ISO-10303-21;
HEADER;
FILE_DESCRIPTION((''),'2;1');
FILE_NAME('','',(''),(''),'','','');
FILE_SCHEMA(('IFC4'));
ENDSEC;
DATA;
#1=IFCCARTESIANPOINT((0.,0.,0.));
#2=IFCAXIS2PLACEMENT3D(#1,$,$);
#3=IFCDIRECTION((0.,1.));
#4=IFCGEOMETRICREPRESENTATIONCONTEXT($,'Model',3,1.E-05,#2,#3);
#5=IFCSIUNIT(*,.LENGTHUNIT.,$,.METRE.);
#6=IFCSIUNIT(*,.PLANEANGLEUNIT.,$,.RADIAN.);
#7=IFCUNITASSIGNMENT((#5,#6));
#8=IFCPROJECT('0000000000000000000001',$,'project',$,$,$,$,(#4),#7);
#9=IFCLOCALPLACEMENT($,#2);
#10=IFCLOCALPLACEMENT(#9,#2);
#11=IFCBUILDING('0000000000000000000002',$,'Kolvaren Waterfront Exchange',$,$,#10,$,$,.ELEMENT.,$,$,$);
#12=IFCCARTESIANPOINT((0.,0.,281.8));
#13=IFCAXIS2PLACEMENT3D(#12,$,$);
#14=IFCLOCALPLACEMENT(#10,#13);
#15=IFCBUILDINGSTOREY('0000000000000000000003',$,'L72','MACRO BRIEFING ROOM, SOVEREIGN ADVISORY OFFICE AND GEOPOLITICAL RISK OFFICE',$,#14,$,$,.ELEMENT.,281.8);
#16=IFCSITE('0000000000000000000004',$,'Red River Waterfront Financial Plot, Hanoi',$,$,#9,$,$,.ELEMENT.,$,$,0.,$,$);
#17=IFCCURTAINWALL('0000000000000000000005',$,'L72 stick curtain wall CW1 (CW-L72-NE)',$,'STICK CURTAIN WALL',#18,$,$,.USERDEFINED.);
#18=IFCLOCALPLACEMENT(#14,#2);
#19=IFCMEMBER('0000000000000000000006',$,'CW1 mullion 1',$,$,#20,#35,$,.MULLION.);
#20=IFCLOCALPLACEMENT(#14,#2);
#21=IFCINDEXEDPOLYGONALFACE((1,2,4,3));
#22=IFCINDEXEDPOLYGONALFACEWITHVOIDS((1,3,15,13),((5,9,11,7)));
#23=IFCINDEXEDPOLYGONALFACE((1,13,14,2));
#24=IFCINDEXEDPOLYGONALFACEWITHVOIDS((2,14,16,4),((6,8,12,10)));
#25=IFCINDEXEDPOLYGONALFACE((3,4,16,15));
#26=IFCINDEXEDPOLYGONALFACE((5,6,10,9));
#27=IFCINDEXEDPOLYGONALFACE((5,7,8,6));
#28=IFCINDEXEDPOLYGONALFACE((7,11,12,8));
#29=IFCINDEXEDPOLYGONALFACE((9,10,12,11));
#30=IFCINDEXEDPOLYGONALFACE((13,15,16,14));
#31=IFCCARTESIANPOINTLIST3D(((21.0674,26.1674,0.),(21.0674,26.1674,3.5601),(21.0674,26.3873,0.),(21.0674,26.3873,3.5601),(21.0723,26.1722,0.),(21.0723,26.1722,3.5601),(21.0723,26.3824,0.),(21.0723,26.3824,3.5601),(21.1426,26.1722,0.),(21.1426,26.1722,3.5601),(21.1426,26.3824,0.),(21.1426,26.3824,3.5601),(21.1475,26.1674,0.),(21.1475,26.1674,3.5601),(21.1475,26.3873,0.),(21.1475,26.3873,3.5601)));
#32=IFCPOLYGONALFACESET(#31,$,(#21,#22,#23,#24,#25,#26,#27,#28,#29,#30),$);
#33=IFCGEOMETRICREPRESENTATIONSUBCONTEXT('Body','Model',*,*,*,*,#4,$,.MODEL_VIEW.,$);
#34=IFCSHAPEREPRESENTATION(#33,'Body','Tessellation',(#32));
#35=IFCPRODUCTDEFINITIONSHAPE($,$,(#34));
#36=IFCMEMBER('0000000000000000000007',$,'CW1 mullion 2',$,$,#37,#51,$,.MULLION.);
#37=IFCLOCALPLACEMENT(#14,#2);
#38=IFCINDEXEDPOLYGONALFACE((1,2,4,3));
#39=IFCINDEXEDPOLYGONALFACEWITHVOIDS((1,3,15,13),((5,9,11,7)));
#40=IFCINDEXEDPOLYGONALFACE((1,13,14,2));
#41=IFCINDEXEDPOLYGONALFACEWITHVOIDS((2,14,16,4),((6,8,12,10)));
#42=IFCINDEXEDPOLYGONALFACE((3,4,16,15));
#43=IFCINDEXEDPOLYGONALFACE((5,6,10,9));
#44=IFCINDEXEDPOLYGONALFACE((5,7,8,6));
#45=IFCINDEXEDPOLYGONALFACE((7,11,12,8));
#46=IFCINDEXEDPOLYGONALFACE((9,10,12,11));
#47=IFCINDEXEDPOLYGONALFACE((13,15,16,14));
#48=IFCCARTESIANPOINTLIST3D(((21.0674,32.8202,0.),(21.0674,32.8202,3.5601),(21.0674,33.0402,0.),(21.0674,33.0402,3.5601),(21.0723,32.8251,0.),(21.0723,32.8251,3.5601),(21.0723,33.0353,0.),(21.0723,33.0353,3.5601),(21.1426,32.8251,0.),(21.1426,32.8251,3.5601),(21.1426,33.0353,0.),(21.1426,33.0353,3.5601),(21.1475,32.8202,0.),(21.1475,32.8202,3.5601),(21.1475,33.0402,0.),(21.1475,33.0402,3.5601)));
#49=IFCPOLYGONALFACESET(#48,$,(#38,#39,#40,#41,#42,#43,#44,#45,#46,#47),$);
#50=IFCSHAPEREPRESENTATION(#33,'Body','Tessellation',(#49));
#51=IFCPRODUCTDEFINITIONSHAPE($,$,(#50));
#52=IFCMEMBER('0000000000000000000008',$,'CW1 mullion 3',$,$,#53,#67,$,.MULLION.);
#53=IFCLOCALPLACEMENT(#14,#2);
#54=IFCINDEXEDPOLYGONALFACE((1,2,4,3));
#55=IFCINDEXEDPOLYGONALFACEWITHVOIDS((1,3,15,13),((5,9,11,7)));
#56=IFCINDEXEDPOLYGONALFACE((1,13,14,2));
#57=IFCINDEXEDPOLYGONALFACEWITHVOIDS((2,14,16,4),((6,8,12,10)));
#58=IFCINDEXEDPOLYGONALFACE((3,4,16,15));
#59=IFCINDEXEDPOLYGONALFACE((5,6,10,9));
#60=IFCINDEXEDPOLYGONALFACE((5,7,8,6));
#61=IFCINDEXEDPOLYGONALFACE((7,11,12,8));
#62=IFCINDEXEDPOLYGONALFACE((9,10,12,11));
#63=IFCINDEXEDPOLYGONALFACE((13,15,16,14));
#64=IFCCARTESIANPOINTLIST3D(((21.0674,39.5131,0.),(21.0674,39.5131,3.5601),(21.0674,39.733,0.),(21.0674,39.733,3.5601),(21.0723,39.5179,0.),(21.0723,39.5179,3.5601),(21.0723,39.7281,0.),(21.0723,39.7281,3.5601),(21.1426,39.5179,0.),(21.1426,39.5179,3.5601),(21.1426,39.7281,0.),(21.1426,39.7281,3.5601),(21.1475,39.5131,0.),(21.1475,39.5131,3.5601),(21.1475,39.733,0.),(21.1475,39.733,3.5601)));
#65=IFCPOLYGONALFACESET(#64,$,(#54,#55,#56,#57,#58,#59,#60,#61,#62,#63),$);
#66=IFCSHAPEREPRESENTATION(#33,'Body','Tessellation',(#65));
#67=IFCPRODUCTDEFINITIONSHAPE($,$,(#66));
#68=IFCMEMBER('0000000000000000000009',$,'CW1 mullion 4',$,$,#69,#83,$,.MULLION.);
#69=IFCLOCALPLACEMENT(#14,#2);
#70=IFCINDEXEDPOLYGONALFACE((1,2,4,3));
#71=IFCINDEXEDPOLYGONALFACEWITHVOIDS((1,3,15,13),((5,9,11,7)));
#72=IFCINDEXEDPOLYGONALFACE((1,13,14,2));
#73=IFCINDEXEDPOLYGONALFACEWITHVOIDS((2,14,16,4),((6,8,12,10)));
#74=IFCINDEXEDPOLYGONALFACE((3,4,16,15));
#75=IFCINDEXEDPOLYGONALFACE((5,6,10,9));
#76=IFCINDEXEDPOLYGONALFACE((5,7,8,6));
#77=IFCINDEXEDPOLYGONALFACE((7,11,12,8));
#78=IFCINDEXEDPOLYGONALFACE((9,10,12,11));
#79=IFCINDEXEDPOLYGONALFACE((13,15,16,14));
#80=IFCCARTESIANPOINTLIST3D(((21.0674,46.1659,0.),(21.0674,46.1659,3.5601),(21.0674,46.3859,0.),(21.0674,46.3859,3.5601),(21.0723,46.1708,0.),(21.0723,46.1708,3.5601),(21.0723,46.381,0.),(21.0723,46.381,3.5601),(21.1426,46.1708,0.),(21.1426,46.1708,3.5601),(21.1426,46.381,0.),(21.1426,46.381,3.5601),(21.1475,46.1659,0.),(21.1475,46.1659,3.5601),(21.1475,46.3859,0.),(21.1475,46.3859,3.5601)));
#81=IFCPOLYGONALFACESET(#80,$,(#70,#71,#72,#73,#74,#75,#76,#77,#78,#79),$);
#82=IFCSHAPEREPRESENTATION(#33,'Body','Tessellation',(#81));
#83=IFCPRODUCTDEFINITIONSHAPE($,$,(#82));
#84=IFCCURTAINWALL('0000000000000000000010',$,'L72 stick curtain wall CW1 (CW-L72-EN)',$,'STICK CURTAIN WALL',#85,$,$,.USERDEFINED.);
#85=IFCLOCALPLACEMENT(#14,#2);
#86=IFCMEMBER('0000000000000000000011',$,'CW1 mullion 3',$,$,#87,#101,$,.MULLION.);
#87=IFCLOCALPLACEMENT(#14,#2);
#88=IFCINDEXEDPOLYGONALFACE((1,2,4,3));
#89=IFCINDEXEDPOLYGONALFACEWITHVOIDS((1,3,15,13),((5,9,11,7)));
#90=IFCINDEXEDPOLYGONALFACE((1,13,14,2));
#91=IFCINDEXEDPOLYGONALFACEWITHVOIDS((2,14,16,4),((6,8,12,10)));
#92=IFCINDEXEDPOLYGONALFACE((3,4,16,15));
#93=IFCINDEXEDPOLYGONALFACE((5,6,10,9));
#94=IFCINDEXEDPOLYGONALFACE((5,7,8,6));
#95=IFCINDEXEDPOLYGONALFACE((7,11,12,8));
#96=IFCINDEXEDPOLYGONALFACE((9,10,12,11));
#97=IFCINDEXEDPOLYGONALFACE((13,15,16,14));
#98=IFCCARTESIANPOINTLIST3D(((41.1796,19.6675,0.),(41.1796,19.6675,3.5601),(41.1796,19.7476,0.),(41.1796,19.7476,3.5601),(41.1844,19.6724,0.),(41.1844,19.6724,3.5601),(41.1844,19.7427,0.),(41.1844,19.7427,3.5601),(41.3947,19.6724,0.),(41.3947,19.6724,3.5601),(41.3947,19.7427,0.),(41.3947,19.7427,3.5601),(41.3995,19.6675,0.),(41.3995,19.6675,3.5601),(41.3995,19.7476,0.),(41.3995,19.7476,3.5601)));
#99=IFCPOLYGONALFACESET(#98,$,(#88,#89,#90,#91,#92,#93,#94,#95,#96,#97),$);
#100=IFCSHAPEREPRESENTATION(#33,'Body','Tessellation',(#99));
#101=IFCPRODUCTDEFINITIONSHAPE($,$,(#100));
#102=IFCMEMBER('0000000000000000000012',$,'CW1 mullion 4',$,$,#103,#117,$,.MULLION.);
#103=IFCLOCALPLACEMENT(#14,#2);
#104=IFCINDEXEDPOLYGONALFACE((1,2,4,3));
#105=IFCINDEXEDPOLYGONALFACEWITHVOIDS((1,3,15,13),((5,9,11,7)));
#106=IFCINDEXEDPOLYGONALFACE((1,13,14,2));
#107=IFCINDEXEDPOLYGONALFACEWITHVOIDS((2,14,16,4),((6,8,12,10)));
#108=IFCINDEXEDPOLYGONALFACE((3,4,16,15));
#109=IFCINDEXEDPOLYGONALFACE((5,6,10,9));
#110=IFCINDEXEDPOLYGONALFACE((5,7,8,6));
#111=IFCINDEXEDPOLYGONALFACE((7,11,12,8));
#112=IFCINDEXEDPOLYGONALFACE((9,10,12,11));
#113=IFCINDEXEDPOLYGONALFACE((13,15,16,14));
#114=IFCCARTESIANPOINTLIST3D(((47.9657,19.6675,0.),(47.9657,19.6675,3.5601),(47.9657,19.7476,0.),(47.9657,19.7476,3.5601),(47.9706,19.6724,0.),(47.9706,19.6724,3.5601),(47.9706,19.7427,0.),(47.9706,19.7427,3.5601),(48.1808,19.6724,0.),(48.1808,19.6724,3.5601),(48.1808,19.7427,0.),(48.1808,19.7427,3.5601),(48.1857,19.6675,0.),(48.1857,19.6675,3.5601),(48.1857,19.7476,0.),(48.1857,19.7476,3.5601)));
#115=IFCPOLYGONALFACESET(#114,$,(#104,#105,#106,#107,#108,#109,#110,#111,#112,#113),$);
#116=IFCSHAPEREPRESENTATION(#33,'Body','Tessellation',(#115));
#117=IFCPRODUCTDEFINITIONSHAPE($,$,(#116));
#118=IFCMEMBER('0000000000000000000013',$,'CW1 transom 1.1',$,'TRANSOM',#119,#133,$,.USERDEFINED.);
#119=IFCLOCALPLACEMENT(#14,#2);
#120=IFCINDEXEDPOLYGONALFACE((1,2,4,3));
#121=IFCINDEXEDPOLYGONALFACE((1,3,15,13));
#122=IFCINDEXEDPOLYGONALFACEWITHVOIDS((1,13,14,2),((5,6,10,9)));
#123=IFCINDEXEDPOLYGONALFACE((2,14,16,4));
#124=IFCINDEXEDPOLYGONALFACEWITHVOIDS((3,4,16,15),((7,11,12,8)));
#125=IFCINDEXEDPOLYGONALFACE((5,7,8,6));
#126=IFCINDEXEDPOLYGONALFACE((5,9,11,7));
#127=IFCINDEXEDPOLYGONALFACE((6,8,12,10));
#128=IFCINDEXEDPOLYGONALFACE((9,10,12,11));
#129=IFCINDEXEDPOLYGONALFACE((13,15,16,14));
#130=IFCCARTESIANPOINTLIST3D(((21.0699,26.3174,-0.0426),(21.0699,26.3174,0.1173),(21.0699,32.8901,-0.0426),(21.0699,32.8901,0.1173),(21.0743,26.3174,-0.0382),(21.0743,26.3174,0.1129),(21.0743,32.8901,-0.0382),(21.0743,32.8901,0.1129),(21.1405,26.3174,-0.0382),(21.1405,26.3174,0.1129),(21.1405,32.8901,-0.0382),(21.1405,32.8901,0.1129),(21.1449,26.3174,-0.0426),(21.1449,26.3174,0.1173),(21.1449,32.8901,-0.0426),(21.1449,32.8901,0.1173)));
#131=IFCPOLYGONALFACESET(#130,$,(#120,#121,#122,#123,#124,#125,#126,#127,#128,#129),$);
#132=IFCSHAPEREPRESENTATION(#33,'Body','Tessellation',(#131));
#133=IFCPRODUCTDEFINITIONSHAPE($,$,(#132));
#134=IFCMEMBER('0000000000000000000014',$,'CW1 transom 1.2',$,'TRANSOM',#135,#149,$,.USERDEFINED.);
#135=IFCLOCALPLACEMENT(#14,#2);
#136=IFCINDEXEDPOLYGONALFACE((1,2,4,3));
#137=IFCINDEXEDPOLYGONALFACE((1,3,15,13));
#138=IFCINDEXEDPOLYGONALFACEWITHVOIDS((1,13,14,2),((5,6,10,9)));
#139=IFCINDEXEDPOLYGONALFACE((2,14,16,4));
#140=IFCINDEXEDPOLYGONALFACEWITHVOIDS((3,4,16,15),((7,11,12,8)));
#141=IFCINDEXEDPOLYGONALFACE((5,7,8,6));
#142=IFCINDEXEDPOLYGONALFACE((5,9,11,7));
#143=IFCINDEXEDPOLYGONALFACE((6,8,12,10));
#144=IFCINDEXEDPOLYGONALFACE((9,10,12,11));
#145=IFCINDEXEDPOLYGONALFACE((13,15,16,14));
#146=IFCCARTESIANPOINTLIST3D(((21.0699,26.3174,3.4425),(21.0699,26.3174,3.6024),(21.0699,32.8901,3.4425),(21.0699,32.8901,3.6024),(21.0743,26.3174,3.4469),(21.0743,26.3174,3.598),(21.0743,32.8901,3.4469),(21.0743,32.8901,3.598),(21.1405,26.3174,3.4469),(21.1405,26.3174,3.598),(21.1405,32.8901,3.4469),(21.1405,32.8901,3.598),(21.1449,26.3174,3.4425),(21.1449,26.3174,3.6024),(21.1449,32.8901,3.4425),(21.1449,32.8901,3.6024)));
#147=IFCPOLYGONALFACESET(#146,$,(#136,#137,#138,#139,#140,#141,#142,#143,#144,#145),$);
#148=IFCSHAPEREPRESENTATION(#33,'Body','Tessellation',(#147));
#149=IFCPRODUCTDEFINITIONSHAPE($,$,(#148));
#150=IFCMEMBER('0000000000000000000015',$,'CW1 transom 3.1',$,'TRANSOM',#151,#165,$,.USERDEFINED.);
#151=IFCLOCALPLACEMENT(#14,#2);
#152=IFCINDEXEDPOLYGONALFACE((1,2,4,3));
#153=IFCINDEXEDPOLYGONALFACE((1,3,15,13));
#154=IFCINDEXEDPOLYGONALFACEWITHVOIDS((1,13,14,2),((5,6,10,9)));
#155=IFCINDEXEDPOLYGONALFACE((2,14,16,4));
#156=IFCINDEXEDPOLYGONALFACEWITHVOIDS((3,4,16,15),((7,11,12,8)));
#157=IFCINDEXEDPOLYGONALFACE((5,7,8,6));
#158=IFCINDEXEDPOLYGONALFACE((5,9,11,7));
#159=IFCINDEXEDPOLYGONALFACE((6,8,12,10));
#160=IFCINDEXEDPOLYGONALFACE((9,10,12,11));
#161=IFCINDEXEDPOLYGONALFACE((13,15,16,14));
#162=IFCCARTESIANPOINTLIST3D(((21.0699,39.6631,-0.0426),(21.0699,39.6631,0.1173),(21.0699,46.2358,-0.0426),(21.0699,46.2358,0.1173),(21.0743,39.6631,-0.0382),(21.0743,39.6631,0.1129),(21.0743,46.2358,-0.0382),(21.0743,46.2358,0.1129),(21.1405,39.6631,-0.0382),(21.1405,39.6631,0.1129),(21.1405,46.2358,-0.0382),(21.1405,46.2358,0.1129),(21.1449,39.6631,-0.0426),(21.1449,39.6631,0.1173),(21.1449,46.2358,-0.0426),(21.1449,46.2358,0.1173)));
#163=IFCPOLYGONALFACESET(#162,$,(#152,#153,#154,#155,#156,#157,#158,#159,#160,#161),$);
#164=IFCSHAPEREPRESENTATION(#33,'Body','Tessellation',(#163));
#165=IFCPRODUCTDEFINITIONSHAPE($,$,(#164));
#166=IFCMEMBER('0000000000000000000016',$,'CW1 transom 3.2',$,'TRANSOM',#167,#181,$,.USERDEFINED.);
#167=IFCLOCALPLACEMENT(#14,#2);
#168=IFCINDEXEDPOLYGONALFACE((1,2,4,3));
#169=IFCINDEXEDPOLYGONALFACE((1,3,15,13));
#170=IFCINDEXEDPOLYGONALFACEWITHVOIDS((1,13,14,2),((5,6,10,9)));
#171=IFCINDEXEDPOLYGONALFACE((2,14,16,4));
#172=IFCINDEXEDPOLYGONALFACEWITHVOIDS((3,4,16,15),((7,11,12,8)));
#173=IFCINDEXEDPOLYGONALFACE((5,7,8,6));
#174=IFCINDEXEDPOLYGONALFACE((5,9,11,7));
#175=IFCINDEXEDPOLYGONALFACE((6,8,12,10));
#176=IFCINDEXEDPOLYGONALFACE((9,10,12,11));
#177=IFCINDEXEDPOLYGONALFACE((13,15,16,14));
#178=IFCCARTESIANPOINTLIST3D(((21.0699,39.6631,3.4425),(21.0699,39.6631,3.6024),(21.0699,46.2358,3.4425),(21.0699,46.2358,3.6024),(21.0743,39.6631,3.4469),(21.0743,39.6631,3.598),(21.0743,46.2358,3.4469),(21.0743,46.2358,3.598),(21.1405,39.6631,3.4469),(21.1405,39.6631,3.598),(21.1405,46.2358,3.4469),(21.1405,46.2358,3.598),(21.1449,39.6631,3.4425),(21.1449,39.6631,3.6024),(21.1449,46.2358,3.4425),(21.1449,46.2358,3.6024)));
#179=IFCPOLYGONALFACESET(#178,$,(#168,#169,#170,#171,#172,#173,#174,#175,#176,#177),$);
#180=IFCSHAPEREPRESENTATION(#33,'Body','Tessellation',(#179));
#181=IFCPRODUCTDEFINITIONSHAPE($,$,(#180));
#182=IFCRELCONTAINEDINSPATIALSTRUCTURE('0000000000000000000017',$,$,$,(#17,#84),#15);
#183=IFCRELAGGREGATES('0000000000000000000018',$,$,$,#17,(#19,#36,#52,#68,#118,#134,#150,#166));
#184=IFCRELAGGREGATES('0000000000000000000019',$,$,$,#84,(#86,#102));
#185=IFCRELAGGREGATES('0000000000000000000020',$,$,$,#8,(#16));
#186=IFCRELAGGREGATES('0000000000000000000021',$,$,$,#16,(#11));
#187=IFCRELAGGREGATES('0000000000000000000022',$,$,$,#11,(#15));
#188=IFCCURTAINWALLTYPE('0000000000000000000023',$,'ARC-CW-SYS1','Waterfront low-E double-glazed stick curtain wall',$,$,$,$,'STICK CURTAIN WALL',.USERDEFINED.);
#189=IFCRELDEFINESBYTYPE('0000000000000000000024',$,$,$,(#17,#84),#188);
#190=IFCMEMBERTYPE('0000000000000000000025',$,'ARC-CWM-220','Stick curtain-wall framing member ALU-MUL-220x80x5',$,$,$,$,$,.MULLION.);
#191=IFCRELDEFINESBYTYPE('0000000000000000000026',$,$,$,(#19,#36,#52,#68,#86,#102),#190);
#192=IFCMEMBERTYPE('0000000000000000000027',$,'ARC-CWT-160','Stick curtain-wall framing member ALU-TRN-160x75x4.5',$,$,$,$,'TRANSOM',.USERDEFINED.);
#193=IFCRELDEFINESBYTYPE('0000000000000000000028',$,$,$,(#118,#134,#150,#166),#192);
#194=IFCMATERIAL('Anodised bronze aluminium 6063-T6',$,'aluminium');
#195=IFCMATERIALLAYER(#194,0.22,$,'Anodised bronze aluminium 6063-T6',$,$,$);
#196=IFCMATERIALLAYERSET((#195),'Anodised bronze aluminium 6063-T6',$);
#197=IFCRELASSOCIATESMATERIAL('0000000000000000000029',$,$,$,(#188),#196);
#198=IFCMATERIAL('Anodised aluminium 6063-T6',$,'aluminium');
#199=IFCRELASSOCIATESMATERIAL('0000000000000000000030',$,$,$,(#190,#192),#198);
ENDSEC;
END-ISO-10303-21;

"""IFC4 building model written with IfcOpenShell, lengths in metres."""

from ifc_helpers import new_model, si_unit, direction, frame, origin, origin_with_axes, origin_2d, place, context, subcontext, project, spatial, hollow_rectangle, extrude, source, transform, mapped, material, layer, layer_set, material_profile, profile_set, type_object, element, aggregate, save


model = new_model("IFC4")

# Units and contexts
model_context = context("Model", 3, precision=1e-05, world=origin(), true_north=direction((0.0, 1.0)))
body_context = subcontext(model_context, "Body", "Model", "MODEL_VIEW")
ifc_project = project(units=[si_unit("LENGTHUNIT", "METRE"), si_unit("PLANEANGLEUNIT", "RADIAN")], contexts=[model_context])

# Site, building, storey
site_placement = place(None, origin())
site = spatial("IfcSite", under=ifc_project, at=site_placement, Name="Red River Waterfront Financial Plot, Hanoi", CompositionType="ELEMENT", RefElevation=0.0)
building_placement = place(site_placement, origin())
building = spatial("IfcBuilding", under=site, at=building_placement, Name="Kolvaren Waterfront Exchange", CompositionType="ELEMENT")
storey_placement = place(building_placement, frame((0.0, 0.0, 281.8)))
storey = spatial("IfcBuildingStorey", under=building, at=storey_placement, Name="L72", Description="MACRO BRIEFING ROOM, SOVEREIGN ADVISORY OFFICE AND GEOPOLITICAL RISK OFFICE", CompositionType="ELEMENT", Elevation=281.8)

# Curtain walls, members
ifc_material_1 = material(Name="Anodised bronze aluminium 6063-T6", Category="aluminium")
ifc_layer_1 = layer(ifc_material_1, 0.22, Name="Anodised bronze aluminium 6063-T6")
ifc_layer_set_1 = layer_set([ifc_layer_1], Name="Anodised bronze aluminium 6063-T6")
curtain_wall_type = type_object("IfcCurtainWallType", Name="ARC-CW-SYS1", Description="Waterfront low-E double-glazed stick curtain wall", ElementType="STICK CURTAIN WALL", PredefinedType="USERDEFINED", material=ifc_layer_set_1)
curtain_wall_1_placement = place(storey_placement, origin())
curtain_wall_1 = element("IfcCurtainWall", 1, at=curtain_wall_1_placement, inside=storey, type_object=curtain_wall_type, Name="L72 stick curtain wall CW1 (CW-L72-NE)", ObjectType="STICK CURTAIN WALL", PredefinedType="USERDEFINED")
ifc_material_2 = material(Name="Anodised aluminium 6063-T6", Category="aluminium")
ifc_material_profile_1 = material_profile(ifc_material_2, hollow_rectangle(XDim=0.0801, YDim=0.22, WallThickness=0.0049, at=origin_2d()), Name="ALU-MUL-220x80x5")
ifc_profile_set_1 = profile_set([ifc_material_profile_1], Name="Anodised aluminium 6063-T6")
member_type_1 = type_object("IfcMemberType", Name="ARC-CWM-220", Description="Stick curtain-wall framing member ALU-MUL-220x80x5", PredefinedType="MULLION", material=ifc_profile_set_1)
shared_shape_1 = source(origin_with_axes(), body_context, "Body", "SweptSolid", [
    extrude(hollow_rectangle(XDim=0.0801, YDim=0.22, WallThickness=0.0049, at=origin_2d()), origin(), (0.0, 0.0, 1.0), 3.5601),
])
member_1_placement = place(storey_placement, frame((21.1074, 26.2773, 0.0), z_axis=(0.0, 0.0, 1.0), x_axis=(-1.0, 0.0, 0.0)))
member_1 = element("IfcMember", 2, at=member_1_placement, type_object=member_type_1, Name="CW1 mullion 1", PredefinedType="MULLION", context=body_context, shape_type="MappedRepresentation", body=[
    mapped(shared_shape_1, transform((0.0, 0.0, 0.0), x_axis=(1.0, 0.0, 0.0), y_axis=(0.0, 1.0, 0.0), z_axis=(0.0, 0.0, 1.0), scale=1.0)),
])
member_2_placement = place(storey_placement, frame((21.1074, 32.9302, 0.0), z_axis=(0.0, 0.0, 1.0), x_axis=(-1.0, 0.0, 0.0)))
member_2 = element("IfcMember", 3, at=member_2_placement, type_object=member_type_1, Name="CW1 mullion 2", PredefinedType="MULLION", context=body_context, shape_type="MappedRepresentation", body=[
    mapped(shared_shape_1, transform((0.0, 0.0, 0.0), x_axis=(1.0, 0.0, 0.0), y_axis=(0.0, 1.0, 0.0), z_axis=(0.0, 0.0, 1.0), scale=1.0)),
])
member_3_placement = place(storey_placement, frame((21.1074, 39.623, 0.0), z_axis=(0.0, 0.0, 1.0), x_axis=(-1.0, 0.0, 0.0)))
member_3 = element("IfcMember", 4, at=member_3_placement, type_object=member_type_1, Name="CW1 mullion 3", PredefinedType="MULLION", context=body_context, shape_type="MappedRepresentation", body=[
    mapped(shared_shape_1, transform((0.0, 0.0, 0.0), x_axis=(1.0, 0.0, 0.0), y_axis=(0.0, 1.0, 0.0), z_axis=(0.0, 0.0, 1.0), scale=1.0)),
])
member_4_placement = place(storey_placement, frame((21.1074, 46.2759, 0.0), z_axis=(0.0, 0.0, 1.0), x_axis=(-1.0, 0.0, 0.0)))
member_4 = element("IfcMember", 5, at=member_4_placement, type_object=member_type_1, Name="CW1 mullion 4", PredefinedType="MULLION", context=body_context, shape_type="MappedRepresentation", body=[
    mapped(shared_shape_1, transform((0.0, 0.0, 0.0), x_axis=(1.0, 0.0, 0.0), y_axis=(0.0, 1.0, 0.0), z_axis=(0.0, 0.0, 1.0), scale=1.0)),
])
curtain_wall_2_placement = place(storey_placement, origin())
curtain_wall_2 = element("IfcCurtainWall", 6, at=curtain_wall_2_placement, inside=storey, type_object=curtain_wall_type, Name="L72 stick curtain wall CW1 (CW-L72-EN)", ObjectType="STICK CURTAIN WALL", PredefinedType="USERDEFINED")
member_5_placement = place(storey_placement, frame((41.2896, 19.7075, 0.0), z_axis=(0.0, 0.0, 1.0), x_axis=(0.0, 1.0, 0.0)))
member_5 = element("IfcMember", 7, at=member_5_placement, type_object=member_type_1, Name="CW1 mullion 3", PredefinedType="MULLION", context=body_context, shape_type="MappedRepresentation", body=[
    mapped(shared_shape_1, transform((0.0, 0.0, 0.0), x_axis=(1.0, 0.0, 0.0), y_axis=(0.0, 1.0, 0.0), z_axis=(0.0, 0.0, 1.0), scale=1.0)),
])
member_6_placement = place(storey_placement, frame((48.0757, 19.7075, 0.0), z_axis=(0.0, 0.0, 1.0), x_axis=(0.0, 1.0, 0.0)))
member_6 = element("IfcMember", 8, at=member_6_placement, type_object=member_type_1, Name="CW1 mullion 4", PredefinedType="MULLION", context=body_context, shape_type="MappedRepresentation", body=[
    mapped(shared_shape_1, transform((0.0, 0.0, 0.0), x_axis=(1.0, 0.0, 0.0), y_axis=(0.0, 1.0, 0.0), z_axis=(0.0, 0.0, 1.0), scale=1.0)),
])

# Members
ifc_material_profile_2 = material_profile(ifc_material_2, hollow_rectangle(XDim=0.075, YDim=0.1599, WallThickness=0.0044, at=origin_2d()), Name="ALU-TRN-160x75x4.5")
ifc_profile_set_2 = profile_set([ifc_material_profile_2], Name="Anodised aluminium 6063-T6")
member_type_2 = type_object("IfcMemberType", Name="ARC-CWT-160", Description="Stick curtain-wall framing member ALU-TRN-160x75x4.5", ElementType="TRANSOM", PredefinedType="USERDEFINED", material=ifc_profile_set_2)
shared_shape_2 = source(origin_with_axes(), body_context, "Body", "SweptSolid", [
    extrude(hollow_rectangle(XDim=0.075, YDim=0.1599, WallThickness=0.0044, at=origin_2d()), origin(), (0.0, 0.0, 1.0), 6.5728),
])
member_7_placement = place(storey_placement, frame((21.1074, 26.3174, 0.0374), z_axis=(0.0, 1.0, 0.0), x_axis=(-1.0, 0.0, 0.0)))
member_7 = element("IfcMember", 9, at=member_7_placement, type_object=member_type_2, Name="CW1 transom 1.1", ObjectType="TRANSOM", PredefinedType="USERDEFINED", context=body_context, shape_type="MappedRepresentation", body=[
    mapped(shared_shape_2, transform((0.0, 0.0, 0.0), x_axis=(1.0, 0.0, 0.0), y_axis=(0.0, 1.0, 0.0), z_axis=(0.0, 0.0, 1.0), scale=1.0)),
])
member_8_placement = place(storey_placement, frame((21.1074, 26.3174, 3.5225), z_axis=(0.0, 1.0, 0.0), x_axis=(-1.0, 0.0, 0.0)))
member_8 = element("IfcMember", 10, at=member_8_placement, type_object=member_type_2, Name="CW1 transom 1.2", ObjectType="TRANSOM", PredefinedType="USERDEFINED", context=body_context, shape_type="MappedRepresentation", body=[
    mapped(shared_shape_2, transform((0.0, 0.0, 0.0), x_axis=(1.0, 0.0, 0.0), y_axis=(0.0, 1.0, 0.0), z_axis=(0.0, 0.0, 1.0), scale=1.0)),
])
member_9_placement = place(storey_placement, frame((21.1074, 39.6631, 0.0374), z_axis=(0.0, 1.0, 0.0), x_axis=(-1.0, 0.0, 0.0)))
member_9 = element("IfcMember", 11, at=member_9_placement, type_object=member_type_2, Name="CW1 transom 3.1", ObjectType="TRANSOM", PredefinedType="USERDEFINED", context=body_context, shape_type="MappedRepresentation", body=[
    mapped(shared_shape_2, transform((0.0, 0.0, 0.0), x_axis=(1.0, 0.0, 0.0), y_axis=(0.0, 1.0, 0.0), z_axis=(0.0, 0.0, 1.0), scale=1.0)),
])
member_10_placement = place(storey_placement, frame((21.1074, 39.6631, 3.5225), z_axis=(0.0, 1.0, 0.0), x_axis=(-1.0, 0.0, 0.0)))
member_10 = element("IfcMember", 12, at=member_10_placement, type_object=member_type_2, Name="CW1 transom 3.2", ObjectType="TRANSOM", PredefinedType="USERDEFINED", context=body_context, shape_type="MappedRepresentation", body=[
    mapped(shared_shape_2, transform((0.0, 0.0, 0.0), x_axis=(1.0, 0.0, 0.0), y_axis=(0.0, 1.0, 0.0), z_axis=(0.0, 0.0, 1.0), scale=1.0)),
])

aggregate(curtain_wall_1, [member_1, member_2, member_3, member_4, member_7, member_8, member_9, member_10])
aggregate(curtain_wall_2, [member_5, member_6])

save(model, "model.ifc")
